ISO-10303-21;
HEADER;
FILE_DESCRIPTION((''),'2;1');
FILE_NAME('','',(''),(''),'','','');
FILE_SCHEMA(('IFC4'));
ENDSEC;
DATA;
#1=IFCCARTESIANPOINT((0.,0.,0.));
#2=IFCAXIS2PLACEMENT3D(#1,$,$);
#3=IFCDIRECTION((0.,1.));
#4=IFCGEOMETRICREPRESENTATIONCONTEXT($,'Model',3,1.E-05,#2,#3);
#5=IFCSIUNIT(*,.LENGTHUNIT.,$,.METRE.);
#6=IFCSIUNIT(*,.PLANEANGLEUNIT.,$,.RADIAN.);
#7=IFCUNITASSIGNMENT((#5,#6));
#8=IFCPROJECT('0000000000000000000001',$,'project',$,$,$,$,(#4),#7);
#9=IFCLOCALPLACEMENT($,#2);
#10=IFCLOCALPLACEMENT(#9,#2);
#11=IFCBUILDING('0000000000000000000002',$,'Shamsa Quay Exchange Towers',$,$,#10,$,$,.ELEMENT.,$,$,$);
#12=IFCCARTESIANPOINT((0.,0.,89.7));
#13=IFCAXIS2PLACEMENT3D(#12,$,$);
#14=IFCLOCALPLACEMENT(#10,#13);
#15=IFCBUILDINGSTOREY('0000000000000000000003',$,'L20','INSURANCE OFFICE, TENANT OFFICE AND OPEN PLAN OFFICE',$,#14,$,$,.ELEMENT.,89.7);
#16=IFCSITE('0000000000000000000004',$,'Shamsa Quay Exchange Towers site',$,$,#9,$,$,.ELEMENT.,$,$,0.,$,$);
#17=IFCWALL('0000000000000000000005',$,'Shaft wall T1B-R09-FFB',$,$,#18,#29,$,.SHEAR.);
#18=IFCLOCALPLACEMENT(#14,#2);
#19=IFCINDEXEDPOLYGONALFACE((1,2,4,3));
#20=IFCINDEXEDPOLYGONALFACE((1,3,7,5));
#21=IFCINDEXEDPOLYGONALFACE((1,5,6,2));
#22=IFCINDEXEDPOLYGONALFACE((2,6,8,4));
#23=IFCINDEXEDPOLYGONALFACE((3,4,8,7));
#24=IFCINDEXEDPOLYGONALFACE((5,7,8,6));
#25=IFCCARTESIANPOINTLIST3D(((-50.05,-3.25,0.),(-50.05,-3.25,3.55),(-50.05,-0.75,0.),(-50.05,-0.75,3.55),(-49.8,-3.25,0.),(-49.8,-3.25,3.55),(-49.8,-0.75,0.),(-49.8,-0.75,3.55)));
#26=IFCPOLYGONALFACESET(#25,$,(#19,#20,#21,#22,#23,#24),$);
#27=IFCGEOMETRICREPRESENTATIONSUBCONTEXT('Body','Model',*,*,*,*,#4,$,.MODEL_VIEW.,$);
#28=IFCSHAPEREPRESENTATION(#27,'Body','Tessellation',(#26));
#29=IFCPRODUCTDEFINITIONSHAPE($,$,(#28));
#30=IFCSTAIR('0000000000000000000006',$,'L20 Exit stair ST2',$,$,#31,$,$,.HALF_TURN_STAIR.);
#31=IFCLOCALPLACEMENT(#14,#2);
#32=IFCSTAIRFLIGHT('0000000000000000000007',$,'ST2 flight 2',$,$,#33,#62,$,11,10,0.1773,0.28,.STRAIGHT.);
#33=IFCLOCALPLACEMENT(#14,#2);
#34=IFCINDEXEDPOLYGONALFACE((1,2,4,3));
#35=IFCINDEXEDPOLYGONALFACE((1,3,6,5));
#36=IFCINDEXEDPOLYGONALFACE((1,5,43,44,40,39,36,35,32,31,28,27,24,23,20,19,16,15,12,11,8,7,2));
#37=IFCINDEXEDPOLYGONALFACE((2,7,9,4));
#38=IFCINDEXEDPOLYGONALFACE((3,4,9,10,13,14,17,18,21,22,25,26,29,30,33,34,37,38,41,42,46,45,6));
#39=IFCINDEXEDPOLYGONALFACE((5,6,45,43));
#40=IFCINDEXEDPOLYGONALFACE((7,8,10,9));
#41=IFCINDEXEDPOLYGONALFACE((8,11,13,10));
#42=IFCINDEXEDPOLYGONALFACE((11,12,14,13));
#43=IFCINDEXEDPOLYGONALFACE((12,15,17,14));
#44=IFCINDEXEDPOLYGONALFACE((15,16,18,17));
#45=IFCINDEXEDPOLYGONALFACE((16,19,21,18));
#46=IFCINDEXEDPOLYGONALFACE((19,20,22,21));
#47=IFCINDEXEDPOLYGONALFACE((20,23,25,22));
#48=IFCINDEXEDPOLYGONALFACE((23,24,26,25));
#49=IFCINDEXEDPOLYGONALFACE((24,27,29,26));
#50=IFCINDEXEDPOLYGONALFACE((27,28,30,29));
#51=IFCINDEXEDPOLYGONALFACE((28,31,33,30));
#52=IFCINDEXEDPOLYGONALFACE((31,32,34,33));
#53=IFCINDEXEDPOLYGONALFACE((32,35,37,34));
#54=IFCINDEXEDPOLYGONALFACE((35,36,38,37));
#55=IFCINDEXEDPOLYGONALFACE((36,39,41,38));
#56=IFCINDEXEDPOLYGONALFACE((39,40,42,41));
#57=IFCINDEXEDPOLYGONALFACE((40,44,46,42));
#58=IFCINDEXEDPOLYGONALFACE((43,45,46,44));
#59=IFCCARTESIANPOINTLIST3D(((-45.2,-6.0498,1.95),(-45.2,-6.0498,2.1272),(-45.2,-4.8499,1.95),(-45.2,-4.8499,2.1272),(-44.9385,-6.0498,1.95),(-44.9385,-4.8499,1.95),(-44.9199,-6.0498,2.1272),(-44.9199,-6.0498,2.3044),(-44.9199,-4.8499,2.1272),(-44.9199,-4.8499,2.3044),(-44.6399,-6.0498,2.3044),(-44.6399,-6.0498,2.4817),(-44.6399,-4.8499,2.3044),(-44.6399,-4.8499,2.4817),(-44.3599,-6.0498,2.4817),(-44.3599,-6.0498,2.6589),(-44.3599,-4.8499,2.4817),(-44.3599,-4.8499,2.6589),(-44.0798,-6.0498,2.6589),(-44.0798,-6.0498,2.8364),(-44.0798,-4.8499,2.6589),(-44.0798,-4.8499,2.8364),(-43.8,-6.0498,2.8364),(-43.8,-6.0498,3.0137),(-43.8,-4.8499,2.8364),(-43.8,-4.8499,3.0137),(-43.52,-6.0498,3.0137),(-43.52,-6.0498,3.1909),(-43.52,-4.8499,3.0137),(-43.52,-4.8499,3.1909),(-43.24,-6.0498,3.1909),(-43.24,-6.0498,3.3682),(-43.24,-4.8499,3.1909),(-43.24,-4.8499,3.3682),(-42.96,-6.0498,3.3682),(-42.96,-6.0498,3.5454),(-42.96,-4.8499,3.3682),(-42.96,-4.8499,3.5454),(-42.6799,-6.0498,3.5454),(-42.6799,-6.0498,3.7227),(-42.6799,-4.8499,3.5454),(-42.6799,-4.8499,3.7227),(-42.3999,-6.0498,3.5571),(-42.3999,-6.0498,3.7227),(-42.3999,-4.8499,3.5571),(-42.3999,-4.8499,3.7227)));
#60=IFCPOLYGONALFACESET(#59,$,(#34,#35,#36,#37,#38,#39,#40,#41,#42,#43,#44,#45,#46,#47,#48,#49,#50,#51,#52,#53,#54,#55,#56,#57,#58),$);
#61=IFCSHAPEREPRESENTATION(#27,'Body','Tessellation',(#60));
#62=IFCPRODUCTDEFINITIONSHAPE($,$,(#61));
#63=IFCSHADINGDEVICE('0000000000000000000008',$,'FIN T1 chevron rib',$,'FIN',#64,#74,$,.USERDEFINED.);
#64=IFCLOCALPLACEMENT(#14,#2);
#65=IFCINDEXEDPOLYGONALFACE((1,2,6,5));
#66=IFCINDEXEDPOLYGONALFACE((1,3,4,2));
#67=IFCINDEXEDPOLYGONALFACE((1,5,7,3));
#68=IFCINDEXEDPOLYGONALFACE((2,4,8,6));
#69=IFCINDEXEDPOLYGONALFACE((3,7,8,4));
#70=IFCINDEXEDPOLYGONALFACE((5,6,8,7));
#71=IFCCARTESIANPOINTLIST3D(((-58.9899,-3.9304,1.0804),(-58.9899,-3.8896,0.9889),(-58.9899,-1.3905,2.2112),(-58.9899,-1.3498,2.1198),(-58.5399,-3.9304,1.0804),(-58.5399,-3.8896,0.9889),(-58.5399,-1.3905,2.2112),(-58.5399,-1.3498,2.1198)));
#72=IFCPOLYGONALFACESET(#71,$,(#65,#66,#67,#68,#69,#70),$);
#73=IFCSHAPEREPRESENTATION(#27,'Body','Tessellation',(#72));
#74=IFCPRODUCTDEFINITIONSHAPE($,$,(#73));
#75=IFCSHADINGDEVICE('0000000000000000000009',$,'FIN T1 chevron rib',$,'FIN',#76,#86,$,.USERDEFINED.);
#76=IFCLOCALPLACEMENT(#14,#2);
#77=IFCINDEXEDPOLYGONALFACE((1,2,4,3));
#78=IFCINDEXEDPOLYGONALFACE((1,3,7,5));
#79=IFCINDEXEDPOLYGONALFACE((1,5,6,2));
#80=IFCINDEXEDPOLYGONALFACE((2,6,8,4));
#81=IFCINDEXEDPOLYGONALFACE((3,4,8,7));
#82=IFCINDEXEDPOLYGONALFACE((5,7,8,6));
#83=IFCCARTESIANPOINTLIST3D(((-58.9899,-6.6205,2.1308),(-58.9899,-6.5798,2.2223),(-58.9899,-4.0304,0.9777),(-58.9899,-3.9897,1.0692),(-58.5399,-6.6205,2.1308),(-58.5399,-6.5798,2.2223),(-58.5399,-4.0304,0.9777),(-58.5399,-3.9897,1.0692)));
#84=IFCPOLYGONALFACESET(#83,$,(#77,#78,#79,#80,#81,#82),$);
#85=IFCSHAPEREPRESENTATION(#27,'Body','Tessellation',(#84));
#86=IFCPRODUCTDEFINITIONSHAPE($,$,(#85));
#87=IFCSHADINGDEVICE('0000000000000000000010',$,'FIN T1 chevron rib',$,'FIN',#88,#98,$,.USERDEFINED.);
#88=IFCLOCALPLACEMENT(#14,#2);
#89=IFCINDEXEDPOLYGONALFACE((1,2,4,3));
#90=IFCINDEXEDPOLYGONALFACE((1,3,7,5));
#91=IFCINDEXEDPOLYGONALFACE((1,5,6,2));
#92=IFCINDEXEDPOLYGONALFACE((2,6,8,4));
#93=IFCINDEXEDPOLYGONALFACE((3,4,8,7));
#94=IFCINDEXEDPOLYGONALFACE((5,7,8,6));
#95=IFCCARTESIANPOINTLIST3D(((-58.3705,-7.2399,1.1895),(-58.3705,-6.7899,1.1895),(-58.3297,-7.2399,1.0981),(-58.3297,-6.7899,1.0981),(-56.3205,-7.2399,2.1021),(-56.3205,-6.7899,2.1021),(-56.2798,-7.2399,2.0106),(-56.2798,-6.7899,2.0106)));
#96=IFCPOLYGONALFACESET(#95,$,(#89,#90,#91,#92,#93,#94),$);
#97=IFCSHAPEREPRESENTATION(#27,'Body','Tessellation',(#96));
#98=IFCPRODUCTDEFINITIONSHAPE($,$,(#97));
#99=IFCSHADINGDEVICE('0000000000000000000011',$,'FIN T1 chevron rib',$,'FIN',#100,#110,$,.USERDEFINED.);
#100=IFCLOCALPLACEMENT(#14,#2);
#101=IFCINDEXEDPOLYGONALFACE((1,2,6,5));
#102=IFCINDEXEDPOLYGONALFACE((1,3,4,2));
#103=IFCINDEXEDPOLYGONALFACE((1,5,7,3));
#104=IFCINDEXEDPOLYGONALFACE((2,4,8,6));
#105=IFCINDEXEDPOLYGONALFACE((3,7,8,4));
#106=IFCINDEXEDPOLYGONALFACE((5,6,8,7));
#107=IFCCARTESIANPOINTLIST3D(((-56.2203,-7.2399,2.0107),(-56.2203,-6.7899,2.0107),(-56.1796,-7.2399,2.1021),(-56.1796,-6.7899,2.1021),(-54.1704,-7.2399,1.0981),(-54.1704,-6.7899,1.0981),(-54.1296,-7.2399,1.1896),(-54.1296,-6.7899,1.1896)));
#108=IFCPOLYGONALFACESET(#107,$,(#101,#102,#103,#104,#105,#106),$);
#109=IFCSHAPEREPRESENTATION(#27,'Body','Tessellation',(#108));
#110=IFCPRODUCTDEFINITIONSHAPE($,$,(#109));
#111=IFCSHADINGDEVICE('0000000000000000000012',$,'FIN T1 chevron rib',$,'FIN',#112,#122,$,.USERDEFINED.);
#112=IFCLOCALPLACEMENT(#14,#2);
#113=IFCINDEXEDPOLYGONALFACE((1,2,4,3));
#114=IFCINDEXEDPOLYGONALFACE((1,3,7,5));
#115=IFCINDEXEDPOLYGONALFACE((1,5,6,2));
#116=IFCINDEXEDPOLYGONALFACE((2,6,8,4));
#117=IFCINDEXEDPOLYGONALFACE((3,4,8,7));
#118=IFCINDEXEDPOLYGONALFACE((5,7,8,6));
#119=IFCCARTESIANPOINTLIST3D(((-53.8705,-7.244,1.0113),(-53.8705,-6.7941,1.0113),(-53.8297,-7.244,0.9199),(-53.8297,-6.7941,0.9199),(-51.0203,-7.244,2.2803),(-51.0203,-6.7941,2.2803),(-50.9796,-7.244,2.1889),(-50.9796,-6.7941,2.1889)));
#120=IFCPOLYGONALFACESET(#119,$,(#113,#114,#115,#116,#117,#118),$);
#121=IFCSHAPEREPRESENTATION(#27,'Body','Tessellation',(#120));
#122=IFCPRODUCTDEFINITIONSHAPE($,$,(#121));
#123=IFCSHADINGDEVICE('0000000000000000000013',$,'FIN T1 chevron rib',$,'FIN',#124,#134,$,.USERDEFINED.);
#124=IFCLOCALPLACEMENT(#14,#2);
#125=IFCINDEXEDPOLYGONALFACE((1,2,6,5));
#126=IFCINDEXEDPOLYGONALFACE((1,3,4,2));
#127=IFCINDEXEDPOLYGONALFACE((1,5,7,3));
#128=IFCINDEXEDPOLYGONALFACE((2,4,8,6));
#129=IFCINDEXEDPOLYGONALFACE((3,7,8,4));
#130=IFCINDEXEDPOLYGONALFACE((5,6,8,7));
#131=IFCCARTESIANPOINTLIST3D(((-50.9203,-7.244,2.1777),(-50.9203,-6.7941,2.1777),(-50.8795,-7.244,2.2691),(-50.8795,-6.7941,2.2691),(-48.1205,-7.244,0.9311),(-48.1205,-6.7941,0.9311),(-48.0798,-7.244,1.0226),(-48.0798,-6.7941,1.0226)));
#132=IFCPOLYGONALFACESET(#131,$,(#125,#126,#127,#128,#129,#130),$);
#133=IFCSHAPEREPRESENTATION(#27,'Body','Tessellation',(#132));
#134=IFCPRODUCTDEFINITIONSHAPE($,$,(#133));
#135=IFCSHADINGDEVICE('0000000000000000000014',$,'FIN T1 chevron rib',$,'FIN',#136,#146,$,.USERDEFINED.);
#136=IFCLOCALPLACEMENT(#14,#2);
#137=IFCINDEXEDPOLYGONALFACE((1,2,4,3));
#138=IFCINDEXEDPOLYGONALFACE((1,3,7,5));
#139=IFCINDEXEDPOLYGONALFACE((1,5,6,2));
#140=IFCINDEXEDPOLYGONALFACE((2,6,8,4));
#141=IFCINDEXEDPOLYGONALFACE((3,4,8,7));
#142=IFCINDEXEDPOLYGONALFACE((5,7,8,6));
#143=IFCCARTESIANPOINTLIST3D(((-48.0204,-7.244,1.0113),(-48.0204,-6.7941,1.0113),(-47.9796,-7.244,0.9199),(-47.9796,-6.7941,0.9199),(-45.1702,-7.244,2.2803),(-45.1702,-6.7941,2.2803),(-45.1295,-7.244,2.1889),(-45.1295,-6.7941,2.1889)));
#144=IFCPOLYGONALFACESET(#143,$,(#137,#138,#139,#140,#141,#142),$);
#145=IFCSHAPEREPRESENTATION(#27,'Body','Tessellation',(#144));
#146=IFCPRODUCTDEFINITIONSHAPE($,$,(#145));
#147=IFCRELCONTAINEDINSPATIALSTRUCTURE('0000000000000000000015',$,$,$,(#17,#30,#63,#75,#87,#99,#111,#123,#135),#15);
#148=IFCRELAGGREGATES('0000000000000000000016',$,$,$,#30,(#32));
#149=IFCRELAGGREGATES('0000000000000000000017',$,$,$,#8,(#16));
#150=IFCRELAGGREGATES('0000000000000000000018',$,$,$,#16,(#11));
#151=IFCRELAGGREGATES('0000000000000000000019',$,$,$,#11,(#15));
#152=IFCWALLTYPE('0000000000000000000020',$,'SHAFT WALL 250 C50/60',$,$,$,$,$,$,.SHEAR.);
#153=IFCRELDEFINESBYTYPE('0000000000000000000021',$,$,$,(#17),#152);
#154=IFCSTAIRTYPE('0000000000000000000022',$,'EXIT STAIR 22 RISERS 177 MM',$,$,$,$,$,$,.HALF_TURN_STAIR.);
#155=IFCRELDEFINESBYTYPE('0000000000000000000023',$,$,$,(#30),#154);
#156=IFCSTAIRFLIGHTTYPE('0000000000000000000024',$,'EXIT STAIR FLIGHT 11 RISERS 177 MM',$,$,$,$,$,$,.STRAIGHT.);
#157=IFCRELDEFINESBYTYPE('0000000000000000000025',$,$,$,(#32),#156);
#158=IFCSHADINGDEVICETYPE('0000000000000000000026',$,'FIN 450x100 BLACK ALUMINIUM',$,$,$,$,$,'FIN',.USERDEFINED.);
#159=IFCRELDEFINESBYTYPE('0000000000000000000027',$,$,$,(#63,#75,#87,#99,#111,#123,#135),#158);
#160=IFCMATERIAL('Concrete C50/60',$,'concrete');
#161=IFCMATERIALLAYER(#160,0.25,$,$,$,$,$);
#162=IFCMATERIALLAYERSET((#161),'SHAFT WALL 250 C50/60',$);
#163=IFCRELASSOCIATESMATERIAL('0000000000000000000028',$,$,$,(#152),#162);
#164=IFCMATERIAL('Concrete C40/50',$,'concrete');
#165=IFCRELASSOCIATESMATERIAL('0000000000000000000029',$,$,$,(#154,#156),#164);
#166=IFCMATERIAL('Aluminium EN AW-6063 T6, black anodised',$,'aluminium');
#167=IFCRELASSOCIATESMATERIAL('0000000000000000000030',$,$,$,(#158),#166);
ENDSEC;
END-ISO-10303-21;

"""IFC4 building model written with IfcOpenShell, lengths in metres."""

from ifc_helpers import new_model, si_unit, direction, frame, frame_2d, origin, origin_2d, place, context, subcontext, project, spatial, polyline, rectangle, outline, extrude, material, layer, layer_set, material_profile, profile_set, type_object, element, aggregate, save


model = new_model("IFC4")

# Units and contexts
model_context = context("Model", 3, precision=1e-05, world=origin(), true_north=direction((0.0, 1.0)))
body_context = subcontext(model_context, "Body", "Model", "MODEL_VIEW")
ifc_project = project(units=[si_unit("LENGTHUNIT", "METRE"), si_unit("PLANEANGLEUNIT", "RADIAN")], contexts=[model_context])

# Site, building, storey
site_placement = place(None, origin())
site = spatial("IfcSite", under=ifc_project, at=site_placement, Name="Shamsa Quay Exchange Towers site", CompositionType="ELEMENT", RefElevation=0.0)
building_placement = place(site_placement, origin())
building = spatial("IfcBuilding", under=site, at=building_placement, Name="Shamsa Quay Exchange Towers", CompositionType="ELEMENT")
storey_placement = place(building_placement, frame((0.0, 0.0, 89.7)))
storey = spatial("IfcBuildingStorey", under=building, at=storey_placement, Name="L20", Description="INSURANCE OFFICE, TENANT OFFICE AND OPEN PLAN OFFICE", CompositionType="ELEMENT", Elevation=89.7)

# Shared definitions
ifc_material_1 = material(Name="Aluminium EN AW-6063 T6, black anodised", Category="aluminium")

# Shared definitions
ifc_material_2 = material(Name="Concrete C50/60", Category="concrete")
ifc_layer_1 = layer(ifc_material_2, 0.25)
ifc_layer_set_1 = layer_set([ifc_layer_1], Name="SHAFT WALL 250 C50/60")
wall_type_1 = type_object("IfcWallType", Name="SHAFT WALL 250 C50/60", PredefinedType="SHEAR", material=ifc_layer_set_1)

# Wall
wall_1_placement = place(storey_placement, frame((-49.925, -3.25, 0.0), z_axis=(0.0, 0.0, 1.0), x_axis=(0.0, 1.0, 0.0)))
element("IfcWall", 1, at=wall_1_placement, inside=storey, type_object=wall_type_1, Name="Shaft wall T1B-R09-FFB", PredefinedType="SHEAR", context=body_context, shape_type="SweptSolid", body=[
    extrude(rectangle(XDim=2.5, YDim=0.25, at=frame_2d((1.25, 0.0))), origin(), (0.0, 0.0, 1.0), 3.55),
])

# Stair, stair flight
ifc_material_3 = material(Name="Concrete C40/50", Category="concrete")
stair_type = type_object("IfcStairType", Name="EXIT STAIR 22 RISERS 177 MM", PredefinedType="HALF_TURN_STAIR", material=ifc_material_3)
stair_placement = place(storey_placement, origin())
stair = element("IfcStair", 2, at=stair_placement, inside=storey, type_object=stair_type, Name="L20 Exit stair ST2", PredefinedType="HALF_TURN_STAIR")
stair_flight_type = type_object("IfcStairFlightType", Name="EXIT STAIR FLIGHT 11 RISERS 177 MM", PredefinedType="STRAIGHT", material=ifc_material_3)
stair_flight_placement = place(storey_placement, frame((-45.2, -5.45, 1.95)))
stair_flight = element("IfcStairFlight", 3, at=stair_flight_placement, type_object=stair_flight_type, Name="ST2 flight 2", NumberOfRisers=11, NumberOfTreads=10, PredefinedType="STRAIGHT", RiserHeight=0.1773, TreadLength=0.28, context=body_context, shape_type="SweptSolid", body=[
    extrude(outline(polyline([(0.0, 0.0), (0.0, 0.1772), (0.28, 0.1772), (0.28, 0.3545), (0.5601, 0.3545), (0.5601, 0.5317), (0.8401, 0.5317), (0.8401, 0.709), (1.1201, 0.709), (1.1201, 0.8865), (1.3999, 0.8865), (1.3999, 1.0637), (1.6799, 1.0637), (1.6799, 1.241), (1.96, 1.241), (1.96, 1.4182), (2.24, 1.4182), (2.24, 1.5955), (2.52, 1.5955), (2.52, 1.7727), (2.8, 1.7727), (2.8, 1.95), (2.8, 1.6072), (0.2615, 0.0), (0.0, 0.0)])), frame((0.0, 0.6001, 0.0), z_axis=(0.0, -1.0, 0.0), x_axis=(1.0, 0.0, 0.0)), (0.0, 0.0, 1.0), 1.2),
])
aggregate(stair, [stair_flight])

# Shading devices
ifc_material_profile_1 = material_profile(ifc_material_1, rectangle(XDim=0.45, YDim=0.1001, at=origin_2d()), Name="FIN450x100")
ifc_profile_set_1 = profile_set([ifc_material_profile_1], Name="Aluminium EN AW-6063 T6, black anodised")
shading_device_type = type_object("IfcShadingDeviceType", Name="FIN 450x100 BLACK ALUMINIUM", ElementType="FIN", PredefinedType="USERDEFINED", material=ifc_profile_set_1)
shading_device_1_placement = place(storey_placement, frame((-58.7649, -1.3701, 2.1655), z_axis=(0.0, -0.913536, -0.406758), x_axis=(1.0, 0.0, 0.0)))
element("IfcShadingDevice", 4, at=shading_device_1_placement, inside=storey, type_object=shading_device_type, Name="FIN T1 chevron rib", ObjectType="FIN", PredefinedType="USERDEFINED", context=body_context, shape_type="SweptSolid", body=[
    extrude(rectangle(XDim=0.45, YDim=0.1001, at=origin_2d()), origin(), (0.0, 0.0, 1.0), 2.7803),
])
shading_device_2_placement = place(storey_placement, frame((-58.7649, -4.01, 1.0234), z_axis=(0.0, -0.913559, 0.406706), x_axis=(1.0, 0.0, 0.0)))
element("IfcShadingDevice", 5, at=shading_device_2_placement, inside=storey, type_object=shading_device_type, Name="FIN T1 chevron rib", ObjectType="FIN", PredefinedType="USERDEFINED", context=body_context, shape_type="SweptSolid", body=[
    extrude(rectangle(XDim=0.45, YDim=0.1001, at=origin_2d()), origin(), (0.0, 0.0, 1.0), 2.8352),
])
for number, where, z_axis, x_axis, name in (
    (6, (-58.3501, -7.0149, 1.1438), (0.913569, 0.0, 0.406684), (0.0, 1.0, 0.0), "FIN T1 chevron rib"),
    (7, (-56.2, -7.0149, 2.0564), (0.913569, 0.0, -0.406684), (0.0, 1.0, 0.0), "FIN T1 chevron rib"),
):
    element("IfcShadingDevice", number, at=place(storey_placement, frame(where, z_axis=z_axis, x_axis=x_axis)), inside=storey, type_object=shading_device_type, Name=name, ObjectType="FIN", PredefinedType="USERDEFINED", context=body_context, shape_type="SweptSolid", body=[
        extrude(rectangle(XDim=0.45, YDim=0.1001, at=origin_2d()), origin(), (0.0, 0.0, 1.0), 2.2439),
    ])
shading_device_3_placement = place(storey_placement, frame((-53.8501, -7.019, 0.9656), z_axis=(0.913534, 0.0, 0.406763), x_axis=(0.0, 1.0, 0.0)))
element("IfcShadingDevice", 8, at=shading_device_3_placement, inside=storey, type_object=shading_device_type, Name="FIN T1 chevron rib", ObjectType="FIN", PredefinedType="USERDEFINED", context=body_context, shape_type="SweptSolid", body=[
    extrude(rectangle(XDim=0.45, YDim=0.1001, at=origin_2d()), origin(), (0.0, 0.0, 1.0), 3.1199),
])
shading_device_4_placement = place(storey_placement, frame((-50.8999, -7.019, 2.2234), z_axis=(0.913542, 0.0, -0.406744), x_axis=(0.0, 1.0, 0.0)))
element("IfcShadingDevice", 9, at=shading_device_4_placement, inside=storey, type_object=shading_device_type, Name="FIN T1 chevron rib", ObjectType="FIN", PredefinedType="USERDEFINED", context=body_context, shape_type="SweptSolid", body=[
    extrude(rectangle(XDim=0.45, YDim=0.1001, at=origin_2d()), origin(), (0.0, 0.0, 1.0), 3.0647),
])
shading_device_5_placement = place(storey_placement, frame((-48.0, -7.019, 0.9656), z_axis=(0.913534, 0.0, 0.406763), x_axis=(0.0, 1.0, 0.0)))
element("IfcShadingDevice", 10, at=shading_device_5_placement, inside=storey, type_object=shading_device_type, Name="FIN T1 chevron rib", ObjectType="FIN", PredefinedType="USERDEFINED", context=body_context, shape_type="SweptSolid", body=[
    extrude(rectangle(XDim=0.45, YDim=0.1001, at=origin_2d()), origin(), (0.0, 0.0, 1.0), 3.1199),
])

save(model, "model.ifc")
